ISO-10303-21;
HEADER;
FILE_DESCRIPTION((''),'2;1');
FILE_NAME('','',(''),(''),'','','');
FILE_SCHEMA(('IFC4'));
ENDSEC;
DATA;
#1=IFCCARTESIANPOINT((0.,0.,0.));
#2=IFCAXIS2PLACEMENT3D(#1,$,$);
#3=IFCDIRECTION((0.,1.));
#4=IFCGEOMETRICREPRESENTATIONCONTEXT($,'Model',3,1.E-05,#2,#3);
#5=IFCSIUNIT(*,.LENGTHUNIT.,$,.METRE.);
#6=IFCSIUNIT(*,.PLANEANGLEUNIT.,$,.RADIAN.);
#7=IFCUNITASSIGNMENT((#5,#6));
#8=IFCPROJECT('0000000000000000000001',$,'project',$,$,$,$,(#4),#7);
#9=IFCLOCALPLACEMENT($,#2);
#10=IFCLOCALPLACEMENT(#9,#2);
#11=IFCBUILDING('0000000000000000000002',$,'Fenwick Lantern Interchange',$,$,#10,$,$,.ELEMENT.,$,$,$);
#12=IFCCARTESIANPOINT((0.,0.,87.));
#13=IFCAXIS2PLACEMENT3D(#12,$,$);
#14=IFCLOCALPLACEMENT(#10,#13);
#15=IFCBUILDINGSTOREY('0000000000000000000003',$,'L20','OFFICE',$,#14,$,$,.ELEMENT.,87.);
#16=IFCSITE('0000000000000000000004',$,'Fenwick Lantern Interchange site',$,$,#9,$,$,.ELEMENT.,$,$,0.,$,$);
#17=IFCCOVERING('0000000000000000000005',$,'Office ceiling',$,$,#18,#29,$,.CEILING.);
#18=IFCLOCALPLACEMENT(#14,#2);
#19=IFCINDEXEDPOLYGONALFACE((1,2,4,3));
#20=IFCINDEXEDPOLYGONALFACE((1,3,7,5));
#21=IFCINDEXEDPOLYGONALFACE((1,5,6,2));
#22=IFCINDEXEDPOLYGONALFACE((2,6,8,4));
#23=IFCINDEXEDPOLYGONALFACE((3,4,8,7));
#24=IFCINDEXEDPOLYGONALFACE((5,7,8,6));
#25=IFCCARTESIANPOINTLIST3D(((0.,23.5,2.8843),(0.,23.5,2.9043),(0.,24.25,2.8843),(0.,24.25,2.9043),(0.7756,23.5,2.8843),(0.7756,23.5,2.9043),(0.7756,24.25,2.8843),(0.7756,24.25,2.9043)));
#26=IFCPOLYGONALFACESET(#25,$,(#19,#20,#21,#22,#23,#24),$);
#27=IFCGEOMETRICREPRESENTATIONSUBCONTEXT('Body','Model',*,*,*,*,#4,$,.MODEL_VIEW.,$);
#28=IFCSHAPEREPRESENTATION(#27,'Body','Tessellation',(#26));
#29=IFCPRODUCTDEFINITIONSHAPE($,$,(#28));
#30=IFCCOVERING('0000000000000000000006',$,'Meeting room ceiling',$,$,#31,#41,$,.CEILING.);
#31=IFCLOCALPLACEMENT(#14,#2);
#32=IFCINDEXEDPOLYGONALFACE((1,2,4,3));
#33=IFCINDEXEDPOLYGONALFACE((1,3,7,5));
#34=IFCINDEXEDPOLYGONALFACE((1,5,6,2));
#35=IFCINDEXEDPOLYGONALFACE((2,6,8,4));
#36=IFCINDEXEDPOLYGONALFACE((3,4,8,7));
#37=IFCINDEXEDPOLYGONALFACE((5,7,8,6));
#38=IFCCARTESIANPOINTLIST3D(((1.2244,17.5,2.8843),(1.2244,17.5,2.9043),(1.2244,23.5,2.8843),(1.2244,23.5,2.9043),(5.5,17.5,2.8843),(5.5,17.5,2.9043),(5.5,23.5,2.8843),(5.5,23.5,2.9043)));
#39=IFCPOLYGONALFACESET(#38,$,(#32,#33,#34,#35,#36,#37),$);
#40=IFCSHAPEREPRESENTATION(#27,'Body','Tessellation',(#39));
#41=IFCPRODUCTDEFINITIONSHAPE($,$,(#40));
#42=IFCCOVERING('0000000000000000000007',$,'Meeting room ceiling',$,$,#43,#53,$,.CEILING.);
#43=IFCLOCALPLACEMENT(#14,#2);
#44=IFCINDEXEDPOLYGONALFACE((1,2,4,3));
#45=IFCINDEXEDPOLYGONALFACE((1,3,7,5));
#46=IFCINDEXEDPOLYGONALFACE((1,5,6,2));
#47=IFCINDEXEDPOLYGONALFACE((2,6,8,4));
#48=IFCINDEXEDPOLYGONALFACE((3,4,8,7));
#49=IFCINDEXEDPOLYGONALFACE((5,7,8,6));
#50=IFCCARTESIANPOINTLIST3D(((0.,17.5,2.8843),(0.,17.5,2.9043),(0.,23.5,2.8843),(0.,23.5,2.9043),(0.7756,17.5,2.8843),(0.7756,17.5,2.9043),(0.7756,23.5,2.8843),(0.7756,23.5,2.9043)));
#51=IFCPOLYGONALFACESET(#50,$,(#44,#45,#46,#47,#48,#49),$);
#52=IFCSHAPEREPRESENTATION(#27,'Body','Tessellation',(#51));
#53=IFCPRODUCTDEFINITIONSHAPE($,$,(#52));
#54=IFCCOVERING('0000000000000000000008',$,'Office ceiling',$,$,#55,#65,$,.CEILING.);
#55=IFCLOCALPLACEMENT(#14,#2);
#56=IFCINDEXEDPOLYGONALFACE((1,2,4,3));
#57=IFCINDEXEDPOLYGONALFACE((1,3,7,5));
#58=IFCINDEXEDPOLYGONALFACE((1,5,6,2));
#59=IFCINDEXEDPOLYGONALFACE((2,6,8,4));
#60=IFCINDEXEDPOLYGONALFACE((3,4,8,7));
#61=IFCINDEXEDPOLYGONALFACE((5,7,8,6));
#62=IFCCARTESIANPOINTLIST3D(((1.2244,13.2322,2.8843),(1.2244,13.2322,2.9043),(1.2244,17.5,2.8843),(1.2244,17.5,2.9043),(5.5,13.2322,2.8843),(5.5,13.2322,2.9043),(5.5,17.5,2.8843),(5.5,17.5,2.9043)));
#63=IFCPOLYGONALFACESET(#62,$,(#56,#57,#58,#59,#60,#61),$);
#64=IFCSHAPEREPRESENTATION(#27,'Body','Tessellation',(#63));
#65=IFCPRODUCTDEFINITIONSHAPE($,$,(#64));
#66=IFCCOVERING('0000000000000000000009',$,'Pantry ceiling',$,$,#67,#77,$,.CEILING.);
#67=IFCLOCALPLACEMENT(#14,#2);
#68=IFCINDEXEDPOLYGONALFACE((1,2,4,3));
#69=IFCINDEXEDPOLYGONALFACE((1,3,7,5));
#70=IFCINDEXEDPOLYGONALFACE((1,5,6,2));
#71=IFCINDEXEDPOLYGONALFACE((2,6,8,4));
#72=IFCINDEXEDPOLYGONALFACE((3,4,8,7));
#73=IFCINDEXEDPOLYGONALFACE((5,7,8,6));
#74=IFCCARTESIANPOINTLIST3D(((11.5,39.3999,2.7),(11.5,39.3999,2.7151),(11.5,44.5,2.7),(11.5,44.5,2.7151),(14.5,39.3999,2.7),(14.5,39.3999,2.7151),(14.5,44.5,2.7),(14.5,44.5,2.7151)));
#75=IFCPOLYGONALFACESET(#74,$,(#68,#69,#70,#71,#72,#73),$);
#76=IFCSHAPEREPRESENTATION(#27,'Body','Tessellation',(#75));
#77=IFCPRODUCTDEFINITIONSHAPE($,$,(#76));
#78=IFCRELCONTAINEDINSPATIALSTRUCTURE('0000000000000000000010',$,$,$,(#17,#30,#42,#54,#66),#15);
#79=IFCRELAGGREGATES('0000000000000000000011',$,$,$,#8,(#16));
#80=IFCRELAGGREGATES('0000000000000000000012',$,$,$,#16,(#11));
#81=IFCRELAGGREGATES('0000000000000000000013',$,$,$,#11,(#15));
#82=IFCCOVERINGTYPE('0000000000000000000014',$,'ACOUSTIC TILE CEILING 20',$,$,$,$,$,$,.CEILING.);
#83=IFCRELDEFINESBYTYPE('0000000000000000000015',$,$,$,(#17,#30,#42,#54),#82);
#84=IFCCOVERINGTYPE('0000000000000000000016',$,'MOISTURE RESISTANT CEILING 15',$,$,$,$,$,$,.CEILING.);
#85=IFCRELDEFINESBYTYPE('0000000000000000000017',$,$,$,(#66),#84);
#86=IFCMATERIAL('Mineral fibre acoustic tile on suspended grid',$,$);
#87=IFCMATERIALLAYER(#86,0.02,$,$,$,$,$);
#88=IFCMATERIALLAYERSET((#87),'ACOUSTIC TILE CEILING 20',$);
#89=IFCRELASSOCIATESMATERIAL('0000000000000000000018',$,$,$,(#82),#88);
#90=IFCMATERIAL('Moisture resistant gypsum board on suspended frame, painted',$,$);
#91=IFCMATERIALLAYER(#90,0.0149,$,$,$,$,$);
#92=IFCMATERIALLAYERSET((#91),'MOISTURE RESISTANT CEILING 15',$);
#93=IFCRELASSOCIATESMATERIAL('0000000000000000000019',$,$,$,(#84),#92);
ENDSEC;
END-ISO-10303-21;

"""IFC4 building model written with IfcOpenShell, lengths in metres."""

from ifc_helpers import new_model, si_unit, direction, frame, origin, place, context, subcontext, project, spatial, polyline, outline, extrude, material, layer, layer_set, type_object, element, save


model = new_model("IFC4")

# Units and contexts
model_context = context("Model", 3, precision=1e-05, world=origin(), true_north=direction((0.0, 1.0)))
body_context = subcontext(model_context, "Body", "Model", "MODEL_VIEW")
ifc_project = project(units=[si_unit("LENGTHUNIT", "METRE"), si_unit("PLANEANGLEUNIT", "RADIAN")], contexts=[model_context])

# Site, building, storey
site_placement = place(None, origin())
site = spatial("IfcSite", under=ifc_project, at=site_placement, Name="Fenwick Lantern Interchange site", CompositionType="ELEMENT", RefElevation=0.0)
building_placement = place(site_placement, origin())
building = spatial("IfcBuilding", under=site, at=building_placement, Name="Fenwick Lantern Interchange", CompositionType="ELEMENT")
storey_placement = place(building_placement, frame((0.0, 0.0, 87.0)))
storey = spatial("IfcBuildingStorey", under=building, at=storey_placement, Name="L20", Description="OFFICE", CompositionType="ELEMENT", Elevation=87.0)

# Coverings
ifc_material_1 = material(Name="Mineral fibre acoustic tile on suspended grid")
ifc_layer_1 = layer(ifc_material_1, 0.02)
ifc_layer_set_1 = layer_set([ifc_layer_1], Name="ACOUSTIC TILE CEILING 20")
covering_type_1 = type_object("IfcCoveringType", Name="ACOUSTIC TILE CEILING 20", PredefinedType="CEILING", material=ifc_layer_set_1)
covering_1_placement = place(storey_placement, frame((0.0, 0.0, 2.8843)))
element("IfcCovering", 1, at=covering_1_placement, inside=storey, type_object=covering_type_1, Name="Office ceiling", PredefinedType="CEILING", context=body_context, shape_type="SweptSolid", body=[
    extrude(outline(polyline([(0.0, 23.5), (0.7756, 23.5), (0.7756, 24.25), (0.0, 24.25), (0.0, 23.5)])), origin(), (0.0, 0.0, 1.0), 0.02),
])
covering_2_placement = place(storey_placement, frame((0.0, 0.0, 2.8843)))
element("IfcCovering", 2, at=covering_2_placement, inside=storey, type_object=covering_type_1, Name="Meeting room ceiling", PredefinedType="CEILING", context=body_context, shape_type="SweptSolid", body=[
    extrude(outline(polyline([(5.5, 23.5), (1.2244, 23.5), (1.2244, 17.5), (5.5, 17.5), (5.5, 23.5)])), origin(), (0.0, 0.0, 1.0), 0.02),
])
covering_3_placement = place(storey_placement, frame((0.0, 0.0, 2.8843)))
element("IfcCovering", 3, at=covering_3_placement, inside=storey, type_object=covering_type_1, Name="Meeting room ceiling", PredefinedType="CEILING", context=body_context, shape_type="SweptSolid", body=[
    extrude(outline(polyline([(0.0, 17.5), (0.7756, 17.5), (0.7756, 23.5), (0.0, 23.5), (0.0, 17.5)])), origin(), (0.0, 0.0, 1.0), 0.02),
])
covering_4_placement = place(storey_placement, frame((0.0, 0.0, 2.8843)))
element("IfcCovering", 4, at=covering_4_placement, inside=storey, type_object=covering_type_1, Name="Office ceiling", PredefinedType="CEILING", context=body_context, shape_type="SweptSolid", body=[
    extrude(outline(polyline([(5.5, 17.5), (1.2244, 17.5), (1.2244, 13.2322), (5.5, 13.2322), (5.5, 17.5)])), origin(), (0.0, 0.0, 1.0), 0.02),
])
ifc_material_2 = material(Name="Moisture resistant gypsum board on suspended frame, painted")
ifc_layer_2 = layer(ifc_material_2, 0.0149)
ifc_layer_set_2 = layer_set([ifc_layer_2], Name="MOISTURE RESISTANT CEILING 15")
covering_type_2 = type_object("IfcCoveringType", Name="MOISTURE RESISTANT CEILING 15", PredefinedType="CEILING", material=ifc_layer_set_2)
covering_5_placement = place(storey_placement, frame((0.0, 0.0, 2.7)))
element("IfcCovering", 5, at=covering_5_placement, inside=storey, type_object=covering_type_2, Name="Pantry ceiling", PredefinedType="CEILING", context=body_context, shape_type="SweptSolid", body=[
    extrude(outline(polyline([(14.5, 44.5), (11.5, 44.5), (11.5, 39.3999), (14.5, 39.3999), (14.5, 44.5)])), origin(), (0.0, 0.0, 1.0), 0.0151),
])

save(model, "model.ifc")
